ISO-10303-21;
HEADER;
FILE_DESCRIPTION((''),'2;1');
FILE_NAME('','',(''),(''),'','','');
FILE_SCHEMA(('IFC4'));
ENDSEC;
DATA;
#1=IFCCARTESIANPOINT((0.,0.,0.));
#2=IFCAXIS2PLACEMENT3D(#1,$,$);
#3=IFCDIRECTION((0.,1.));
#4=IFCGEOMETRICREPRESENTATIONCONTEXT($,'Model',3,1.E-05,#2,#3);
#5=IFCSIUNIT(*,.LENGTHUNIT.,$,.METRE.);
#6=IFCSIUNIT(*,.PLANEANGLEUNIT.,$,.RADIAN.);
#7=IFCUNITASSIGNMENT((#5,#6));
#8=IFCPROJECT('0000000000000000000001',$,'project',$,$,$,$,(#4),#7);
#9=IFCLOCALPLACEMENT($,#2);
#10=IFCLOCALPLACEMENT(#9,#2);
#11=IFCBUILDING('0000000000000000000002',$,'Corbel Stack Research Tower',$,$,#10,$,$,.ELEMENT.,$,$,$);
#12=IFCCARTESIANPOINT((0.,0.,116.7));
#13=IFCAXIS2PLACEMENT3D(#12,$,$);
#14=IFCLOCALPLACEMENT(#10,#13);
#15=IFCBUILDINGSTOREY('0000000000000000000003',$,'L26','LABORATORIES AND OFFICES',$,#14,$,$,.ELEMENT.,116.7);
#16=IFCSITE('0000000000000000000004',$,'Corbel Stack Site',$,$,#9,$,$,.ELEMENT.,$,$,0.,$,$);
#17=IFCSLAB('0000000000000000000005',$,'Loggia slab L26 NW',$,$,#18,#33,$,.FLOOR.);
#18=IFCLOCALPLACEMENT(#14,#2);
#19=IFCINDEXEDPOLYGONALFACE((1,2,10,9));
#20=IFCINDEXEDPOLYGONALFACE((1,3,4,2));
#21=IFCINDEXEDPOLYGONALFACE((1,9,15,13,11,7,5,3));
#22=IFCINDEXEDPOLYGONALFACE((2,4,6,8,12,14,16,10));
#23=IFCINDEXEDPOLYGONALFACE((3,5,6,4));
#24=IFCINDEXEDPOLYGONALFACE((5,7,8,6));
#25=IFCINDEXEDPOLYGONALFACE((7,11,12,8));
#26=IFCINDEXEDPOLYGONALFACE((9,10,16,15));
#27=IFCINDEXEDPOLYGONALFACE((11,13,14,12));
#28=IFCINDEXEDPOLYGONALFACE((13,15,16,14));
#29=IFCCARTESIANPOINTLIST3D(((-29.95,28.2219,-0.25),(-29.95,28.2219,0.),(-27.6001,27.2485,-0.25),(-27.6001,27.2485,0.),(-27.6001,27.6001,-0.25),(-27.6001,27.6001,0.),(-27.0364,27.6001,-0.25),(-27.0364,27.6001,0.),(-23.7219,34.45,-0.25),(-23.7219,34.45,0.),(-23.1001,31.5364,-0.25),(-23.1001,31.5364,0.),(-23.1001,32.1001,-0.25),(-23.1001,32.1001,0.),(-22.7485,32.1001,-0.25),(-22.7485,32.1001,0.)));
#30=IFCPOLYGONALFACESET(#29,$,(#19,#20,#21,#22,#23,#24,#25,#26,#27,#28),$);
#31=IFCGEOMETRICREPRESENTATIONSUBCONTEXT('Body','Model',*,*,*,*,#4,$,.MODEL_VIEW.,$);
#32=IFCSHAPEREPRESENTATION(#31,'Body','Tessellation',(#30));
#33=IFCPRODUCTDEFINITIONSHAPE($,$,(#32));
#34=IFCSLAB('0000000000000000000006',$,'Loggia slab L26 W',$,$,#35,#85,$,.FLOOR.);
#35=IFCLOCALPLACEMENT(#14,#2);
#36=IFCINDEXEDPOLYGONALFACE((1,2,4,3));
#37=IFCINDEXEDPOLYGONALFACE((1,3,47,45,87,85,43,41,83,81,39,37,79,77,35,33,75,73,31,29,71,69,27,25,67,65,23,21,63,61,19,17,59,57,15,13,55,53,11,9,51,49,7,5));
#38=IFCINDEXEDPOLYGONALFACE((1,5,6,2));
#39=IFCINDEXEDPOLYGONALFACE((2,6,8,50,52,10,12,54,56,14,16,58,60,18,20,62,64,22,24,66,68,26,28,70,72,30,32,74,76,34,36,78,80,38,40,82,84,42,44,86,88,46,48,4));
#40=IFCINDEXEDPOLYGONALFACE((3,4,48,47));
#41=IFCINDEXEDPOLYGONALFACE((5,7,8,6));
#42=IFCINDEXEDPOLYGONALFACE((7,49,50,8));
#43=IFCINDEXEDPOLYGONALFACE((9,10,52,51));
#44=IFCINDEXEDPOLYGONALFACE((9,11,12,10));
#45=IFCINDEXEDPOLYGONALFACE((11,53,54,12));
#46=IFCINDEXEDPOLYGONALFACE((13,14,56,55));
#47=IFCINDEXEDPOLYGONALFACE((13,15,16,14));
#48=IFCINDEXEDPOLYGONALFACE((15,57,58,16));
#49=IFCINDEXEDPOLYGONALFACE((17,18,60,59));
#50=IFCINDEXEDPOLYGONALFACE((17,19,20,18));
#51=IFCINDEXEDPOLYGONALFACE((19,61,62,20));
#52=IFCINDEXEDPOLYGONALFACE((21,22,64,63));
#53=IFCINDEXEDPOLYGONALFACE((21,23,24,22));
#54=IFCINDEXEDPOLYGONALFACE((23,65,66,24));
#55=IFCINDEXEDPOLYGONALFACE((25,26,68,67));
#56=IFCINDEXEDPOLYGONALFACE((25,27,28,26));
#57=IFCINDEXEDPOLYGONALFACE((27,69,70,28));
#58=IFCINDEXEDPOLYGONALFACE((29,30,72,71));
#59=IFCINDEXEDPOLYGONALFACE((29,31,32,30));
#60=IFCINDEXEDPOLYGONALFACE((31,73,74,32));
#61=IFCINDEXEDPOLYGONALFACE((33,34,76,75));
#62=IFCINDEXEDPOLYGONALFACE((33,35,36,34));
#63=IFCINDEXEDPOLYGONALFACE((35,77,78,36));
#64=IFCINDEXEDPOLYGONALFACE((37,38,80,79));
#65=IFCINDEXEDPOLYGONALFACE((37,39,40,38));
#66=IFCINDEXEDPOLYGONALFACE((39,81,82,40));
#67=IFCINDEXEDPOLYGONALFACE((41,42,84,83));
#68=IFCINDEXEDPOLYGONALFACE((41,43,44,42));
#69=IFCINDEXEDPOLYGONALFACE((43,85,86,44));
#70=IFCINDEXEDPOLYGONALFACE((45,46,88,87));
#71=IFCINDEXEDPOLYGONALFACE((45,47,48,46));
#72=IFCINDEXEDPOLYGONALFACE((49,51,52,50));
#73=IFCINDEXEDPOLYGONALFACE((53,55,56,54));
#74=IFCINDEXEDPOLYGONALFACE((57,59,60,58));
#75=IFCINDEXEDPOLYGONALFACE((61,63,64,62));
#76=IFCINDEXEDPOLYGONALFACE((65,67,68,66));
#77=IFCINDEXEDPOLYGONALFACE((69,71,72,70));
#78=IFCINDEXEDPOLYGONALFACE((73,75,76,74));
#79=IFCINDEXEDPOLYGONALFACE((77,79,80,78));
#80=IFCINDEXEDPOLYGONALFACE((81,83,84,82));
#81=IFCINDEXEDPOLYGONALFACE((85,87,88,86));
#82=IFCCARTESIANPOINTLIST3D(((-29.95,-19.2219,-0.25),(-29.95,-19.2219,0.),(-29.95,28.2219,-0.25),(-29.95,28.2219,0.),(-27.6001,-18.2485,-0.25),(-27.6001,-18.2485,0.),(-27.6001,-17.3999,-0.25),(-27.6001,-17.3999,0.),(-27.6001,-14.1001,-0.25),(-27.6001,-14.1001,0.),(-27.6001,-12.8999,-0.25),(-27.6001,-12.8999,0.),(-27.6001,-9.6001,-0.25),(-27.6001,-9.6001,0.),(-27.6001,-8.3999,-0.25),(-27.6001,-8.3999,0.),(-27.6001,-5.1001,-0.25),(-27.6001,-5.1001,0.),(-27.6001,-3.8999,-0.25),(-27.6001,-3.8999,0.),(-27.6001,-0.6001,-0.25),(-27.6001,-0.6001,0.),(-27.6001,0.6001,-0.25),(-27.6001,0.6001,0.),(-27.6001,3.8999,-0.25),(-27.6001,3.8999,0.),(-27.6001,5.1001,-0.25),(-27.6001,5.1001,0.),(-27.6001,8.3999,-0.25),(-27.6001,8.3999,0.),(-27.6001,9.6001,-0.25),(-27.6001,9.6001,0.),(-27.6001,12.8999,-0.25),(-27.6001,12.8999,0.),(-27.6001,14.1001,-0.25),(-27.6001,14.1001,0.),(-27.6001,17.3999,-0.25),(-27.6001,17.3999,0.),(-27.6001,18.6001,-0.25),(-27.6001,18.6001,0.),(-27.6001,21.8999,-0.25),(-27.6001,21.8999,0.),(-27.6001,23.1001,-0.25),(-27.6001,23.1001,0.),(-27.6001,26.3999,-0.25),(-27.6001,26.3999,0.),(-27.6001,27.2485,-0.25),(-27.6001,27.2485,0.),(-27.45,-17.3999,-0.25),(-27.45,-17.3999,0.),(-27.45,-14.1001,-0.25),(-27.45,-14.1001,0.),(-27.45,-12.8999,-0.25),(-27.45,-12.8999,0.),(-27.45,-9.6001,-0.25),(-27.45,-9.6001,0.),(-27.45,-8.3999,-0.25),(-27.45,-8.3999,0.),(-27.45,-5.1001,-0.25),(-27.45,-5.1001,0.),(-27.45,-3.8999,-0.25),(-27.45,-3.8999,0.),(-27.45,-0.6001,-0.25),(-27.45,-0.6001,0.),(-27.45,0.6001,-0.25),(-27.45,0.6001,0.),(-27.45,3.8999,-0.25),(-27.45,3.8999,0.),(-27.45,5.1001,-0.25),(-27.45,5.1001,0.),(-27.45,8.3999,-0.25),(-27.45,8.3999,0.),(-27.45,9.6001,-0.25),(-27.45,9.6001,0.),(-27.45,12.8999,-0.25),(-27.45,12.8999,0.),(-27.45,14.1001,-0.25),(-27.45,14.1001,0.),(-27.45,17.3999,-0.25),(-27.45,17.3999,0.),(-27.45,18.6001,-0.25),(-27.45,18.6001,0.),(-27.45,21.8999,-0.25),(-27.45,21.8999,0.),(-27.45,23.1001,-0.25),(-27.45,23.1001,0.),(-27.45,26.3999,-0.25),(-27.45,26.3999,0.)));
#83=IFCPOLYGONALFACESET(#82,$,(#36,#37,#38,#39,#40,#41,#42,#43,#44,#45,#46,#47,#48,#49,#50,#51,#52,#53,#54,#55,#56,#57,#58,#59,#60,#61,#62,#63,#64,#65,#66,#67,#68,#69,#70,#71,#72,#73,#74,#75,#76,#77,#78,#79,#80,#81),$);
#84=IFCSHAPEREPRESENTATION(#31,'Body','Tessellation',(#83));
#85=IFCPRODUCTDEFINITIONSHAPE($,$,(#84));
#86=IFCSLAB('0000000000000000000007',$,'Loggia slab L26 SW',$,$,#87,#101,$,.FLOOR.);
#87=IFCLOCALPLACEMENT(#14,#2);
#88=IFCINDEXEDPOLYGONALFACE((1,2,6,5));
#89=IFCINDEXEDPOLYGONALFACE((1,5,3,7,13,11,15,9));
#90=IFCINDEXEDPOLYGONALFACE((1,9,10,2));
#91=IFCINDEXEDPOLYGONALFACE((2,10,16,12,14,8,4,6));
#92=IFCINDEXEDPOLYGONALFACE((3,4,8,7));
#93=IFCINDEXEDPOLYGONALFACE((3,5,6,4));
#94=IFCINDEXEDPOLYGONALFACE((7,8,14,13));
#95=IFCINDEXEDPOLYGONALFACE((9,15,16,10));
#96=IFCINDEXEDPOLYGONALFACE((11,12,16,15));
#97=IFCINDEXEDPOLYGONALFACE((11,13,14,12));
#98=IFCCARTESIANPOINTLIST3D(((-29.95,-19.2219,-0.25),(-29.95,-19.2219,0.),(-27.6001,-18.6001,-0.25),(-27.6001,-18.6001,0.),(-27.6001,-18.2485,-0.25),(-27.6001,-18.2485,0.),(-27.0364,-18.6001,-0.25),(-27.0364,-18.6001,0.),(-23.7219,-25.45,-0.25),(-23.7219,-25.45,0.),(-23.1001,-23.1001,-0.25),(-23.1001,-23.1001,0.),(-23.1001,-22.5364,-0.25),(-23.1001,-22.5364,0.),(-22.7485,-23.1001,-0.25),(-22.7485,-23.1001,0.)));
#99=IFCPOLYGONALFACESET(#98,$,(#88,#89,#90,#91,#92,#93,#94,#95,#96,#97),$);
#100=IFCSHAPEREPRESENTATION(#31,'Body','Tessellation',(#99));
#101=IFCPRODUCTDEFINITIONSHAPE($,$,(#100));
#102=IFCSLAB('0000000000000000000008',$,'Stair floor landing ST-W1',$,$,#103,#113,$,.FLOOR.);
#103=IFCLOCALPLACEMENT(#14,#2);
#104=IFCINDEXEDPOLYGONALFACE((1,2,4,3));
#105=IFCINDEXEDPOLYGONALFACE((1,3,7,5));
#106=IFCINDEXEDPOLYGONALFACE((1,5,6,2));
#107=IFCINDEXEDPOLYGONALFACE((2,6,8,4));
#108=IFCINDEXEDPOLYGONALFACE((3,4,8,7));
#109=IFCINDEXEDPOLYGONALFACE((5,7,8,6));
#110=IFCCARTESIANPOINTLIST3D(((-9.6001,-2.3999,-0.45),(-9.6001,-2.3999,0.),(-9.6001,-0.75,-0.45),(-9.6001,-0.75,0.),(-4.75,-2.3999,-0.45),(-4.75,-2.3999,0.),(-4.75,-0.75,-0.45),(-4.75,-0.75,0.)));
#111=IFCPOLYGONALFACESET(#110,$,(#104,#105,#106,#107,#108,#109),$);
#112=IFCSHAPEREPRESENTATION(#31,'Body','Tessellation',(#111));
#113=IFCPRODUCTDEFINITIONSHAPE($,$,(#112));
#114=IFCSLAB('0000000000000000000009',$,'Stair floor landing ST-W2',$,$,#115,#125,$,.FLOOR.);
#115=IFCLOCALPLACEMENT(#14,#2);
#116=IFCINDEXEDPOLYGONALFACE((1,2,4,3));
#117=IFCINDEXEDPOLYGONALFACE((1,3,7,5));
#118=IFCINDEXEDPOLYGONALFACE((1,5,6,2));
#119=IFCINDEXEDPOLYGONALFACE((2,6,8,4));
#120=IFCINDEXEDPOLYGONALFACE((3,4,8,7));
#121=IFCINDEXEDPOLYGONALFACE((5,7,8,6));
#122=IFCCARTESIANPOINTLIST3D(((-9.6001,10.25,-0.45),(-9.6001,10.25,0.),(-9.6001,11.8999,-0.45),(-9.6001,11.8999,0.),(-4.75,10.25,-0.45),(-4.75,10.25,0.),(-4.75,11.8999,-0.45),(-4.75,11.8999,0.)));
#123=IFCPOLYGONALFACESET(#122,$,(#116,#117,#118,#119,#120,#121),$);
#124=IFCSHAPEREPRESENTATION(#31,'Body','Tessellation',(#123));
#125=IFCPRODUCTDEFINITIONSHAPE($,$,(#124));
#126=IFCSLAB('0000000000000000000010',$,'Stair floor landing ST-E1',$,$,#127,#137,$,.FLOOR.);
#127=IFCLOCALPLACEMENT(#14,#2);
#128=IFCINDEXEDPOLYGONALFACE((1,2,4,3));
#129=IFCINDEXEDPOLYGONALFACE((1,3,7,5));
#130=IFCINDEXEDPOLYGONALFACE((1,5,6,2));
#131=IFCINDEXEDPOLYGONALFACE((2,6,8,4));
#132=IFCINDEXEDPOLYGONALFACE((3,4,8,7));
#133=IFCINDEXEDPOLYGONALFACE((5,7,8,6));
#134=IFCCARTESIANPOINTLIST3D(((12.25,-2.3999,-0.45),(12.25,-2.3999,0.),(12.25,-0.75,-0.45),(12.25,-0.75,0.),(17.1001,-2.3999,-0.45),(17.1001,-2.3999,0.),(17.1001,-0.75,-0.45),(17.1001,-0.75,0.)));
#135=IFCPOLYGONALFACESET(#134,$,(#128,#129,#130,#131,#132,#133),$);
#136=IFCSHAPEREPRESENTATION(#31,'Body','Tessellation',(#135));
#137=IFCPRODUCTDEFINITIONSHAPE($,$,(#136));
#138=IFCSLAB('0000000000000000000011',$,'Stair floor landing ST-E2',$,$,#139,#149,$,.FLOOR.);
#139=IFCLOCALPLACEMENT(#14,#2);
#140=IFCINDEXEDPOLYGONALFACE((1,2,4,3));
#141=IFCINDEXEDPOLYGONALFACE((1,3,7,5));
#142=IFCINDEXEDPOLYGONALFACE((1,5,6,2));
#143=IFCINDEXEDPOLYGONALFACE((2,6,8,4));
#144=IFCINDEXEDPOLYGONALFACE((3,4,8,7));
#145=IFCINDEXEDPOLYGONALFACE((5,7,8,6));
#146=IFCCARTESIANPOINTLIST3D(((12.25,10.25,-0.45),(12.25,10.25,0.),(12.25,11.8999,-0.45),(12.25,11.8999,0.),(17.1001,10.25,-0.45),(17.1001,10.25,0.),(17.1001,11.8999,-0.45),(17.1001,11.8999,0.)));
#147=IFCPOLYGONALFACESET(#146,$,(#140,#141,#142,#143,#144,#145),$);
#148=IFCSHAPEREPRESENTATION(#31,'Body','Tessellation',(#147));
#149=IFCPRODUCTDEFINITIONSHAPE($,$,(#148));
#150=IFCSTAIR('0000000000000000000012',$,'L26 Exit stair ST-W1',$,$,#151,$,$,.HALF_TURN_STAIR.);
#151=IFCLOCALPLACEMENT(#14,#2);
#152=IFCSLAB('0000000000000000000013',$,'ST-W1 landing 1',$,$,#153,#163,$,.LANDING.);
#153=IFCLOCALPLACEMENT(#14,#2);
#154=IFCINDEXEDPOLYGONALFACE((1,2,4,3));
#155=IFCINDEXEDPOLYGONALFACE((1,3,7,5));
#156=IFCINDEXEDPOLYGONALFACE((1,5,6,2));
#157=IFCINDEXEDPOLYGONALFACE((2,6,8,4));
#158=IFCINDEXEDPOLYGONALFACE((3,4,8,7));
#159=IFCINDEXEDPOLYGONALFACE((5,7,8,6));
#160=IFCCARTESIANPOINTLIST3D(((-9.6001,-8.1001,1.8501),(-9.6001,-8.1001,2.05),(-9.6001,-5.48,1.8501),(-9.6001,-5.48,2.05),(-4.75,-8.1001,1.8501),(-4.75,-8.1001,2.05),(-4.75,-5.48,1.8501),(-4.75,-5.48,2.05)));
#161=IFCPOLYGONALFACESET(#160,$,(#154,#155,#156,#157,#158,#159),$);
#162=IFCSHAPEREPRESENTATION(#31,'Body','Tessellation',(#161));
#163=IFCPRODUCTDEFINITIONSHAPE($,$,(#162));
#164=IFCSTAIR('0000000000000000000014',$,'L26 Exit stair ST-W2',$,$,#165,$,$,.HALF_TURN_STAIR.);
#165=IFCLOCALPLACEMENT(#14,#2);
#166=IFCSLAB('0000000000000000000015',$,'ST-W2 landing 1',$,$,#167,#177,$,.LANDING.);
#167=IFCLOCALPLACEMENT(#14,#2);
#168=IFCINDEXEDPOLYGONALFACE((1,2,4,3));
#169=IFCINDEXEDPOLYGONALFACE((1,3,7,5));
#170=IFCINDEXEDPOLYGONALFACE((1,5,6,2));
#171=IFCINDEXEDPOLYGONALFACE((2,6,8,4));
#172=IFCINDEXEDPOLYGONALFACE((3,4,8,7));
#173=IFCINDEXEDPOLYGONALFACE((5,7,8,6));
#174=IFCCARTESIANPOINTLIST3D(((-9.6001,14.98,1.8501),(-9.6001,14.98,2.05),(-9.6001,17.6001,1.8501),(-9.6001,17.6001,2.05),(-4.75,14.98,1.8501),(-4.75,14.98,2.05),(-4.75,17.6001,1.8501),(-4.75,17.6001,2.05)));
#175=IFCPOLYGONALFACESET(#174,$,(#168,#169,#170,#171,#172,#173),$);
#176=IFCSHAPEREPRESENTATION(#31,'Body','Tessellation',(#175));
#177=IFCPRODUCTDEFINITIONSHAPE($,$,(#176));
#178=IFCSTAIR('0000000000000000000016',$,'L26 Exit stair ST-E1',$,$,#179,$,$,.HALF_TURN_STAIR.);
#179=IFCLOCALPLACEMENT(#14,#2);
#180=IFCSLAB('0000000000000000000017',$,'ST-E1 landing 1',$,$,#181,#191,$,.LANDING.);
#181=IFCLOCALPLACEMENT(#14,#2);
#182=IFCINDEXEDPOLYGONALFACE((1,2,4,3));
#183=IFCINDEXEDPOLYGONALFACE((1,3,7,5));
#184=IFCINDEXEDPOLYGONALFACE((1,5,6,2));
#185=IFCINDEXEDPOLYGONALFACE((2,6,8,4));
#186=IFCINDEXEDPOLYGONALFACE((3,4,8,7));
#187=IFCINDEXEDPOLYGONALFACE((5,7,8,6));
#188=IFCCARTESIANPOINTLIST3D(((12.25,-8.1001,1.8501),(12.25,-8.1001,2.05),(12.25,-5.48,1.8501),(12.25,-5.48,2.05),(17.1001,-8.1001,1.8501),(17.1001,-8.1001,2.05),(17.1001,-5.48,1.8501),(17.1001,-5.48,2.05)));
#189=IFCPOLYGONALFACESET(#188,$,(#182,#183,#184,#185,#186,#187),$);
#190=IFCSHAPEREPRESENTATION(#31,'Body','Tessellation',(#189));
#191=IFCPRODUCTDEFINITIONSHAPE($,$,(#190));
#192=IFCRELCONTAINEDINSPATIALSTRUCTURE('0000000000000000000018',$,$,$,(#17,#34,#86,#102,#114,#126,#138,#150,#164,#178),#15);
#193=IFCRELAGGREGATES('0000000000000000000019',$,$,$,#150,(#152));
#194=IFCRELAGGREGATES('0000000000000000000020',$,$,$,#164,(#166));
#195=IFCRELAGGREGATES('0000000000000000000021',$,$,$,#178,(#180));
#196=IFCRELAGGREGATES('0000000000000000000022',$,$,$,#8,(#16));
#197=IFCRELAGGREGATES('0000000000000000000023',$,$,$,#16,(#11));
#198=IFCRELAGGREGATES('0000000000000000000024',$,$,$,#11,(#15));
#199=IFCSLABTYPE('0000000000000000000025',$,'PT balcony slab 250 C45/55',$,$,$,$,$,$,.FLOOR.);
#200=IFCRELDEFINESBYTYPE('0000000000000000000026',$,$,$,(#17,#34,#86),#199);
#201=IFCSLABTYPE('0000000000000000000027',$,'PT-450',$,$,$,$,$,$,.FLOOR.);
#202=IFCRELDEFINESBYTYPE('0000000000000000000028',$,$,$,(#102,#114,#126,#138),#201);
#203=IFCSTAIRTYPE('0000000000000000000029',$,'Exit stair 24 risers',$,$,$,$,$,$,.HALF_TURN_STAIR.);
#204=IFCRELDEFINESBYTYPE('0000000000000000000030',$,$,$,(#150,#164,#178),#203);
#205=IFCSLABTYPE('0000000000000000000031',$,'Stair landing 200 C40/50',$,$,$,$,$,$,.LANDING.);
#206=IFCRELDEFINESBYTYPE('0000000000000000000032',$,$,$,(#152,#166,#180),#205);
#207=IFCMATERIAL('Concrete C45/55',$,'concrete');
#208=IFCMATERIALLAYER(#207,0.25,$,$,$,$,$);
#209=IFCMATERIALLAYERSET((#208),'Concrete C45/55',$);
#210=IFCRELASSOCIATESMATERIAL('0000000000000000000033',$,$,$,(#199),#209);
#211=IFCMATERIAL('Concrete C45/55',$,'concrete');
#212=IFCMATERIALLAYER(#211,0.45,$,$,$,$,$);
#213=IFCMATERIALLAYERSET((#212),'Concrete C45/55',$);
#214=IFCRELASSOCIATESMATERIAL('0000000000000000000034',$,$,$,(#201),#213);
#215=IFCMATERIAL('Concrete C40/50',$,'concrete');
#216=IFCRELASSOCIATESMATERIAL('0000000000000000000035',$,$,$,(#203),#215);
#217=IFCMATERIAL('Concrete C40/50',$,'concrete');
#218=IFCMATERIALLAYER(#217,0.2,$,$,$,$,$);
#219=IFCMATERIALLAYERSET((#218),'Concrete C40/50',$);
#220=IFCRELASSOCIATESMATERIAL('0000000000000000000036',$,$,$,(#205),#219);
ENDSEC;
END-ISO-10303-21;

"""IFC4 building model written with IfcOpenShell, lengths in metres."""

from ifc_helpers import new_model, si_unit, direction, frame, origin, place, context, subcontext, project, spatial, polyline, outline, extrude, material, layer, layer_set, type_object, element, aggregate, save


model = new_model("IFC4")

# Units and contexts
model_context = context("Model", 3, precision=1e-05, world=origin(), true_north=direction((0.0, 1.0)))
body_context = subcontext(model_context, "Body", "Model", "MODEL_VIEW")
ifc_project = project(units=[si_unit("LENGTHUNIT", "METRE"), si_unit("PLANEANGLEUNIT", "RADIAN")], contexts=[model_context])

# Site, building, storey
site_placement = place(None, origin())
site = spatial("IfcSite", under=ifc_project, at=site_placement, Name="Corbel Stack Site", CompositionType="ELEMENT", RefElevation=0.0)
building_placement = place(site_placement, origin())
building = spatial("IfcBuilding", under=site, at=building_placement, Name="Corbel Stack Research Tower", CompositionType="ELEMENT")
storey_placement = place(building_placement, frame((0.0, 0.0, 116.7)))
storey = spatial("IfcBuildingStorey", under=building, at=storey_placement, Name="L26", Description="LABORATORIES AND OFFICES", CompositionType="ELEMENT", Elevation=116.7)

# Slabs
ifc_material_1 = material(Name="Concrete C45/55", Category="concrete")
ifc_layer_1 = layer(ifc_material_1, 0.25)
ifc_layer_set_1 = layer_set([ifc_layer_1], Name="Concrete C45/55")
slab_type_1 = type_object("IfcSlabType", Name="PT balcony slab 250 C45/55", PredefinedType="FLOOR", material=ifc_layer_set_1)
slab_1_placement = place(storey_placement, frame((0.0, 0.0, -0.25)))
element("IfcSlab", 1, at=slab_1_placement, inside=storey, type_object=slab_type_1, Name="Loggia slab L26 NW", PredefinedType="FLOOR", context=body_context, shape_type="SweptSolid", body=[
    extrude(outline(polyline([(-27.6001, 27.2485), (-27.6001, 27.6001), (-27.0364, 27.6001), (-23.1001, 31.5364), (-23.1001, 32.1001), (-22.7485, 32.1001), (-23.7219, 34.45), (-29.95, 28.2219), (-27.6001, 27.2485)])), origin(), (0.0, 0.0, 1.0), 0.25),
])
slab_2_placement = place(storey_placement, frame((0.0, 0.0, -0.25)))
element("IfcSlab", 2, at=slab_2_placement, inside=storey, type_object=slab_type_1, Name="Loggia slab L26 W", PredefinedType="FLOOR", context=body_context, shape_type="SweptSolid", body=[
    extrude(outline(polyline([(-27.6001, -18.2485), (-27.6001, -17.3999), (-27.45, -17.3999), (-27.45, -14.1001), (-27.6001, -14.1001), (-27.6001, -12.8999), (-27.45, -12.8999), (-27.45, -9.6001), (-27.6001, -9.6001), (-27.6001, -8.3999), (-27.45, -8.3999), (-27.45, -5.1001), (-27.6001, -5.1001), (-27.6001, -3.8999), (-27.45, -3.8999), (-27.45, -0.6001), (-27.6001, -0.6001), (-27.6001, 0.6001), (-27.45, 0.6001), (-27.45, 3.8999), (-27.6001, 3.8999), (-27.6001, 5.1001), (-27.45, 5.1001), (-27.45, 8.3999), (-27.6001, 8.3999), (-27.6001, 9.6001), (-27.45, 9.6001), (-27.45, 12.8999), (-27.6001, 12.8999), (-27.6001, 14.1001), (-27.45, 14.1001), (-27.45, 17.3999), (-27.6001, 17.3999), (-27.6001, 18.6001), (-27.45, 18.6001), (-27.45, 21.8999), (-27.6001, 21.8999), (-27.6001, 23.1001), (-27.45, 23.1001), (-27.45, 26.3999), (-27.6001, 26.3999), (-27.6001, 27.2485), (-29.95, 28.2219), (-29.95, -19.2219), (-27.6001, -18.2485)])), origin(), (0.0, 0.0, 1.0), 0.25),
])
slab_3_placement = place(storey_placement, frame((0.0, 0.0, -0.25)))
element("IfcSlab", 3, at=slab_3_placement, inside=storey, type_object=slab_type_1, Name="Loggia slab L26 SW", PredefinedType="FLOOR", context=body_context, shape_type="SweptSolid", body=[
    extrude(outline(polyline([(-22.7485, -23.1001), (-23.1001, -23.1001), (-23.1001, -22.5364), (-27.0364, -18.6001), (-27.6001, -18.6001), (-27.6001, -18.2485), (-29.95, -19.2219), (-23.7219, -25.45), (-22.7485, -23.1001)])), origin(), (0.0, 0.0, 1.0), 0.25),
])
ifc_material_2 = material(Name="Concrete C45/55", Category="concrete")
ifc_layer_2 = layer(ifc_material_2, 0.45)
ifc_layer_set_2 = layer_set([ifc_layer_2], Name="Concrete C45/55")
slab_type_2 = type_object("IfcSlabType", Name="PT-450", PredefinedType="FLOOR", material=ifc_layer_set_2)
slab_4_placement = place(storey_placement, frame((0.0, 0.0, -0.45)))
element("IfcSlab", 4, at=slab_4_placement, inside=storey, type_object=slab_type_2, Name="Stair floor landing ST-W1", PredefinedType="FLOOR", context=body_context, shape_type="SweptSolid", body=[
    extrude(outline(polyline([(-9.6001, -2.3999), (-4.75, -2.3999), (-4.75, -0.75), (-9.6001, -0.75), (-9.6001, -2.3999)])), origin(), (0.0, 0.0, 1.0), 0.45),
])
slab_5_placement = place(storey_placement, frame((0.0, 0.0, -0.45)))
element("IfcSlab", 5, at=slab_5_placement, inside=storey, type_object=slab_type_2, Name="Stair floor landing ST-W2", PredefinedType="FLOOR", context=body_context, shape_type="SweptSolid", body=[
    extrude(outline(polyline([(-9.6001, 10.25), (-4.75, 10.25), (-4.75, 11.8999), (-9.6001, 11.8999), (-9.6001, 10.25)])), origin(), (0.0, 0.0, 1.0), 0.45),
])
slab_6_placement = place(storey_placement, frame((0.0, 0.0, -0.45)))
element("IfcSlab", 6, at=slab_6_placement, inside=storey, type_object=slab_type_2, Name="Stair floor landing ST-E1", PredefinedType="FLOOR", context=body_context, shape_type="SweptSolid", body=[
    extrude(outline(polyline([(12.25, -2.3999), (17.1001, -2.3999), (17.1001, -0.75), (12.25, -0.75), (12.25, -2.3999)])), origin(), (0.0, 0.0, 1.0), 0.45),
])
slab_7_placement = place(storey_placement, frame((0.0, 0.0, -0.45)))
element("IfcSlab", 7, at=slab_7_placement, inside=storey, type_object=slab_type_2, Name="Stair floor landing ST-E2", PredefinedType="FLOOR", context=body_context, shape_type="SweptSolid", body=[
    extrude(outline(polyline([(12.25, 10.25), (17.1001, 10.25), (17.1001, 11.8999), (12.25, 11.8999), (12.25, 10.25)])), origin(), (0.0, 0.0, 1.0), 0.45),
])

# Stairs, slabs
ifc_material_3 = material(Name="Concrete C40/50", Category="concrete")
stair_type = type_object("IfcStairType", Name="Exit stair 24 risers", PredefinedType="HALF_TURN_STAIR", material=ifc_material_3)
stair_1_placement = place(storey_placement, origin())
stair_1 = element("IfcStair", 8, at=stair_1_placement, inside=storey, type_object=stair_type, Name="L26 Exit stair ST-W1", PredefinedType="HALF_TURN_STAIR")
ifc_material_4 = material(Name="Concrete C40/50", Category="concrete")
ifc_layer_3 = layer(ifc_material_4, 0.2)
ifc_layer_set_3 = layer_set([ifc_layer_3], Name="Concrete C40/50")
slab_type_3 = type_object("IfcSlabType", Name="Stair landing 200 C40/50", PredefinedType="LANDING", material=ifc_layer_set_3)
slab_8_placement = place(storey_placement, frame((0.0, 0.0, 1.8501)))
slab_8 = element("IfcSlab", 9, at=slab_8_placement, type_object=slab_type_3, Name="ST-W1 landing 1", PredefinedType="LANDING", context=body_context, shape_type="SweptSolid", body=[
    extrude(outline(polyline([(-9.6001, -8.1001), (-9.6001, -5.48), (-4.75, -5.48), (-4.75, -8.1001), (-9.6001, -8.1001)])), origin(), (0.0, 0.0, 1.0), 0.2),
])
aggregate(stair_1, [slab_8])
stair_2_placement = place(storey_placement, origin())
stair_2 = element("IfcStair", 10, at=stair_2_placement, inside=storey, type_object=stair_type, Name="L26 Exit stair ST-W2", PredefinedType="HALF_TURN_STAIR")
slab_9_placement = place(storey_placement, frame((0.0, 0.0, 1.8501)))
slab_9 = element("IfcSlab", 11, at=slab_9_placement, type_object=slab_type_3, Name="ST-W2 landing 1", PredefinedType="LANDING", context=body_context, shape_type="SweptSolid", body=[
    extrude(outline(polyline([(-9.6001, 14.98), (-9.6001, 17.6001), (-4.75, 17.6001), (-4.75, 14.98), (-9.6001, 14.98)])), origin(), (0.0, 0.0, 1.0), 0.2),
])
aggregate(stair_2, [slab_9])
stair_3_placement = place(storey_placement, origin())
stair_3 = element("IfcStair", 12, at=stair_3_placement, inside=storey, type_object=stair_type, Name="L26 Exit stair ST-E1", PredefinedType="HALF_TURN_STAIR")
slab_10_placement = place(storey_placement, frame((0.0, 0.0, 1.8501)))
slab_10 = element("IfcSlab", 13, at=slab_10_placement, type_object=slab_type_3, Name="ST-E1 landing 1", PredefinedType="LANDING", context=body_context, shape_type="SweptSolid", body=[
    extrude(outline(polyline([(12.25, -8.1001), (12.25, -5.48), (17.1001, -5.48), (17.1001, -8.1001), (12.25, -8.1001)])), origin(), (0.0, 0.0, 1.0), 0.2),
])

aggregate(stair_3, [slab_10])

save(model, "model.ifc")
